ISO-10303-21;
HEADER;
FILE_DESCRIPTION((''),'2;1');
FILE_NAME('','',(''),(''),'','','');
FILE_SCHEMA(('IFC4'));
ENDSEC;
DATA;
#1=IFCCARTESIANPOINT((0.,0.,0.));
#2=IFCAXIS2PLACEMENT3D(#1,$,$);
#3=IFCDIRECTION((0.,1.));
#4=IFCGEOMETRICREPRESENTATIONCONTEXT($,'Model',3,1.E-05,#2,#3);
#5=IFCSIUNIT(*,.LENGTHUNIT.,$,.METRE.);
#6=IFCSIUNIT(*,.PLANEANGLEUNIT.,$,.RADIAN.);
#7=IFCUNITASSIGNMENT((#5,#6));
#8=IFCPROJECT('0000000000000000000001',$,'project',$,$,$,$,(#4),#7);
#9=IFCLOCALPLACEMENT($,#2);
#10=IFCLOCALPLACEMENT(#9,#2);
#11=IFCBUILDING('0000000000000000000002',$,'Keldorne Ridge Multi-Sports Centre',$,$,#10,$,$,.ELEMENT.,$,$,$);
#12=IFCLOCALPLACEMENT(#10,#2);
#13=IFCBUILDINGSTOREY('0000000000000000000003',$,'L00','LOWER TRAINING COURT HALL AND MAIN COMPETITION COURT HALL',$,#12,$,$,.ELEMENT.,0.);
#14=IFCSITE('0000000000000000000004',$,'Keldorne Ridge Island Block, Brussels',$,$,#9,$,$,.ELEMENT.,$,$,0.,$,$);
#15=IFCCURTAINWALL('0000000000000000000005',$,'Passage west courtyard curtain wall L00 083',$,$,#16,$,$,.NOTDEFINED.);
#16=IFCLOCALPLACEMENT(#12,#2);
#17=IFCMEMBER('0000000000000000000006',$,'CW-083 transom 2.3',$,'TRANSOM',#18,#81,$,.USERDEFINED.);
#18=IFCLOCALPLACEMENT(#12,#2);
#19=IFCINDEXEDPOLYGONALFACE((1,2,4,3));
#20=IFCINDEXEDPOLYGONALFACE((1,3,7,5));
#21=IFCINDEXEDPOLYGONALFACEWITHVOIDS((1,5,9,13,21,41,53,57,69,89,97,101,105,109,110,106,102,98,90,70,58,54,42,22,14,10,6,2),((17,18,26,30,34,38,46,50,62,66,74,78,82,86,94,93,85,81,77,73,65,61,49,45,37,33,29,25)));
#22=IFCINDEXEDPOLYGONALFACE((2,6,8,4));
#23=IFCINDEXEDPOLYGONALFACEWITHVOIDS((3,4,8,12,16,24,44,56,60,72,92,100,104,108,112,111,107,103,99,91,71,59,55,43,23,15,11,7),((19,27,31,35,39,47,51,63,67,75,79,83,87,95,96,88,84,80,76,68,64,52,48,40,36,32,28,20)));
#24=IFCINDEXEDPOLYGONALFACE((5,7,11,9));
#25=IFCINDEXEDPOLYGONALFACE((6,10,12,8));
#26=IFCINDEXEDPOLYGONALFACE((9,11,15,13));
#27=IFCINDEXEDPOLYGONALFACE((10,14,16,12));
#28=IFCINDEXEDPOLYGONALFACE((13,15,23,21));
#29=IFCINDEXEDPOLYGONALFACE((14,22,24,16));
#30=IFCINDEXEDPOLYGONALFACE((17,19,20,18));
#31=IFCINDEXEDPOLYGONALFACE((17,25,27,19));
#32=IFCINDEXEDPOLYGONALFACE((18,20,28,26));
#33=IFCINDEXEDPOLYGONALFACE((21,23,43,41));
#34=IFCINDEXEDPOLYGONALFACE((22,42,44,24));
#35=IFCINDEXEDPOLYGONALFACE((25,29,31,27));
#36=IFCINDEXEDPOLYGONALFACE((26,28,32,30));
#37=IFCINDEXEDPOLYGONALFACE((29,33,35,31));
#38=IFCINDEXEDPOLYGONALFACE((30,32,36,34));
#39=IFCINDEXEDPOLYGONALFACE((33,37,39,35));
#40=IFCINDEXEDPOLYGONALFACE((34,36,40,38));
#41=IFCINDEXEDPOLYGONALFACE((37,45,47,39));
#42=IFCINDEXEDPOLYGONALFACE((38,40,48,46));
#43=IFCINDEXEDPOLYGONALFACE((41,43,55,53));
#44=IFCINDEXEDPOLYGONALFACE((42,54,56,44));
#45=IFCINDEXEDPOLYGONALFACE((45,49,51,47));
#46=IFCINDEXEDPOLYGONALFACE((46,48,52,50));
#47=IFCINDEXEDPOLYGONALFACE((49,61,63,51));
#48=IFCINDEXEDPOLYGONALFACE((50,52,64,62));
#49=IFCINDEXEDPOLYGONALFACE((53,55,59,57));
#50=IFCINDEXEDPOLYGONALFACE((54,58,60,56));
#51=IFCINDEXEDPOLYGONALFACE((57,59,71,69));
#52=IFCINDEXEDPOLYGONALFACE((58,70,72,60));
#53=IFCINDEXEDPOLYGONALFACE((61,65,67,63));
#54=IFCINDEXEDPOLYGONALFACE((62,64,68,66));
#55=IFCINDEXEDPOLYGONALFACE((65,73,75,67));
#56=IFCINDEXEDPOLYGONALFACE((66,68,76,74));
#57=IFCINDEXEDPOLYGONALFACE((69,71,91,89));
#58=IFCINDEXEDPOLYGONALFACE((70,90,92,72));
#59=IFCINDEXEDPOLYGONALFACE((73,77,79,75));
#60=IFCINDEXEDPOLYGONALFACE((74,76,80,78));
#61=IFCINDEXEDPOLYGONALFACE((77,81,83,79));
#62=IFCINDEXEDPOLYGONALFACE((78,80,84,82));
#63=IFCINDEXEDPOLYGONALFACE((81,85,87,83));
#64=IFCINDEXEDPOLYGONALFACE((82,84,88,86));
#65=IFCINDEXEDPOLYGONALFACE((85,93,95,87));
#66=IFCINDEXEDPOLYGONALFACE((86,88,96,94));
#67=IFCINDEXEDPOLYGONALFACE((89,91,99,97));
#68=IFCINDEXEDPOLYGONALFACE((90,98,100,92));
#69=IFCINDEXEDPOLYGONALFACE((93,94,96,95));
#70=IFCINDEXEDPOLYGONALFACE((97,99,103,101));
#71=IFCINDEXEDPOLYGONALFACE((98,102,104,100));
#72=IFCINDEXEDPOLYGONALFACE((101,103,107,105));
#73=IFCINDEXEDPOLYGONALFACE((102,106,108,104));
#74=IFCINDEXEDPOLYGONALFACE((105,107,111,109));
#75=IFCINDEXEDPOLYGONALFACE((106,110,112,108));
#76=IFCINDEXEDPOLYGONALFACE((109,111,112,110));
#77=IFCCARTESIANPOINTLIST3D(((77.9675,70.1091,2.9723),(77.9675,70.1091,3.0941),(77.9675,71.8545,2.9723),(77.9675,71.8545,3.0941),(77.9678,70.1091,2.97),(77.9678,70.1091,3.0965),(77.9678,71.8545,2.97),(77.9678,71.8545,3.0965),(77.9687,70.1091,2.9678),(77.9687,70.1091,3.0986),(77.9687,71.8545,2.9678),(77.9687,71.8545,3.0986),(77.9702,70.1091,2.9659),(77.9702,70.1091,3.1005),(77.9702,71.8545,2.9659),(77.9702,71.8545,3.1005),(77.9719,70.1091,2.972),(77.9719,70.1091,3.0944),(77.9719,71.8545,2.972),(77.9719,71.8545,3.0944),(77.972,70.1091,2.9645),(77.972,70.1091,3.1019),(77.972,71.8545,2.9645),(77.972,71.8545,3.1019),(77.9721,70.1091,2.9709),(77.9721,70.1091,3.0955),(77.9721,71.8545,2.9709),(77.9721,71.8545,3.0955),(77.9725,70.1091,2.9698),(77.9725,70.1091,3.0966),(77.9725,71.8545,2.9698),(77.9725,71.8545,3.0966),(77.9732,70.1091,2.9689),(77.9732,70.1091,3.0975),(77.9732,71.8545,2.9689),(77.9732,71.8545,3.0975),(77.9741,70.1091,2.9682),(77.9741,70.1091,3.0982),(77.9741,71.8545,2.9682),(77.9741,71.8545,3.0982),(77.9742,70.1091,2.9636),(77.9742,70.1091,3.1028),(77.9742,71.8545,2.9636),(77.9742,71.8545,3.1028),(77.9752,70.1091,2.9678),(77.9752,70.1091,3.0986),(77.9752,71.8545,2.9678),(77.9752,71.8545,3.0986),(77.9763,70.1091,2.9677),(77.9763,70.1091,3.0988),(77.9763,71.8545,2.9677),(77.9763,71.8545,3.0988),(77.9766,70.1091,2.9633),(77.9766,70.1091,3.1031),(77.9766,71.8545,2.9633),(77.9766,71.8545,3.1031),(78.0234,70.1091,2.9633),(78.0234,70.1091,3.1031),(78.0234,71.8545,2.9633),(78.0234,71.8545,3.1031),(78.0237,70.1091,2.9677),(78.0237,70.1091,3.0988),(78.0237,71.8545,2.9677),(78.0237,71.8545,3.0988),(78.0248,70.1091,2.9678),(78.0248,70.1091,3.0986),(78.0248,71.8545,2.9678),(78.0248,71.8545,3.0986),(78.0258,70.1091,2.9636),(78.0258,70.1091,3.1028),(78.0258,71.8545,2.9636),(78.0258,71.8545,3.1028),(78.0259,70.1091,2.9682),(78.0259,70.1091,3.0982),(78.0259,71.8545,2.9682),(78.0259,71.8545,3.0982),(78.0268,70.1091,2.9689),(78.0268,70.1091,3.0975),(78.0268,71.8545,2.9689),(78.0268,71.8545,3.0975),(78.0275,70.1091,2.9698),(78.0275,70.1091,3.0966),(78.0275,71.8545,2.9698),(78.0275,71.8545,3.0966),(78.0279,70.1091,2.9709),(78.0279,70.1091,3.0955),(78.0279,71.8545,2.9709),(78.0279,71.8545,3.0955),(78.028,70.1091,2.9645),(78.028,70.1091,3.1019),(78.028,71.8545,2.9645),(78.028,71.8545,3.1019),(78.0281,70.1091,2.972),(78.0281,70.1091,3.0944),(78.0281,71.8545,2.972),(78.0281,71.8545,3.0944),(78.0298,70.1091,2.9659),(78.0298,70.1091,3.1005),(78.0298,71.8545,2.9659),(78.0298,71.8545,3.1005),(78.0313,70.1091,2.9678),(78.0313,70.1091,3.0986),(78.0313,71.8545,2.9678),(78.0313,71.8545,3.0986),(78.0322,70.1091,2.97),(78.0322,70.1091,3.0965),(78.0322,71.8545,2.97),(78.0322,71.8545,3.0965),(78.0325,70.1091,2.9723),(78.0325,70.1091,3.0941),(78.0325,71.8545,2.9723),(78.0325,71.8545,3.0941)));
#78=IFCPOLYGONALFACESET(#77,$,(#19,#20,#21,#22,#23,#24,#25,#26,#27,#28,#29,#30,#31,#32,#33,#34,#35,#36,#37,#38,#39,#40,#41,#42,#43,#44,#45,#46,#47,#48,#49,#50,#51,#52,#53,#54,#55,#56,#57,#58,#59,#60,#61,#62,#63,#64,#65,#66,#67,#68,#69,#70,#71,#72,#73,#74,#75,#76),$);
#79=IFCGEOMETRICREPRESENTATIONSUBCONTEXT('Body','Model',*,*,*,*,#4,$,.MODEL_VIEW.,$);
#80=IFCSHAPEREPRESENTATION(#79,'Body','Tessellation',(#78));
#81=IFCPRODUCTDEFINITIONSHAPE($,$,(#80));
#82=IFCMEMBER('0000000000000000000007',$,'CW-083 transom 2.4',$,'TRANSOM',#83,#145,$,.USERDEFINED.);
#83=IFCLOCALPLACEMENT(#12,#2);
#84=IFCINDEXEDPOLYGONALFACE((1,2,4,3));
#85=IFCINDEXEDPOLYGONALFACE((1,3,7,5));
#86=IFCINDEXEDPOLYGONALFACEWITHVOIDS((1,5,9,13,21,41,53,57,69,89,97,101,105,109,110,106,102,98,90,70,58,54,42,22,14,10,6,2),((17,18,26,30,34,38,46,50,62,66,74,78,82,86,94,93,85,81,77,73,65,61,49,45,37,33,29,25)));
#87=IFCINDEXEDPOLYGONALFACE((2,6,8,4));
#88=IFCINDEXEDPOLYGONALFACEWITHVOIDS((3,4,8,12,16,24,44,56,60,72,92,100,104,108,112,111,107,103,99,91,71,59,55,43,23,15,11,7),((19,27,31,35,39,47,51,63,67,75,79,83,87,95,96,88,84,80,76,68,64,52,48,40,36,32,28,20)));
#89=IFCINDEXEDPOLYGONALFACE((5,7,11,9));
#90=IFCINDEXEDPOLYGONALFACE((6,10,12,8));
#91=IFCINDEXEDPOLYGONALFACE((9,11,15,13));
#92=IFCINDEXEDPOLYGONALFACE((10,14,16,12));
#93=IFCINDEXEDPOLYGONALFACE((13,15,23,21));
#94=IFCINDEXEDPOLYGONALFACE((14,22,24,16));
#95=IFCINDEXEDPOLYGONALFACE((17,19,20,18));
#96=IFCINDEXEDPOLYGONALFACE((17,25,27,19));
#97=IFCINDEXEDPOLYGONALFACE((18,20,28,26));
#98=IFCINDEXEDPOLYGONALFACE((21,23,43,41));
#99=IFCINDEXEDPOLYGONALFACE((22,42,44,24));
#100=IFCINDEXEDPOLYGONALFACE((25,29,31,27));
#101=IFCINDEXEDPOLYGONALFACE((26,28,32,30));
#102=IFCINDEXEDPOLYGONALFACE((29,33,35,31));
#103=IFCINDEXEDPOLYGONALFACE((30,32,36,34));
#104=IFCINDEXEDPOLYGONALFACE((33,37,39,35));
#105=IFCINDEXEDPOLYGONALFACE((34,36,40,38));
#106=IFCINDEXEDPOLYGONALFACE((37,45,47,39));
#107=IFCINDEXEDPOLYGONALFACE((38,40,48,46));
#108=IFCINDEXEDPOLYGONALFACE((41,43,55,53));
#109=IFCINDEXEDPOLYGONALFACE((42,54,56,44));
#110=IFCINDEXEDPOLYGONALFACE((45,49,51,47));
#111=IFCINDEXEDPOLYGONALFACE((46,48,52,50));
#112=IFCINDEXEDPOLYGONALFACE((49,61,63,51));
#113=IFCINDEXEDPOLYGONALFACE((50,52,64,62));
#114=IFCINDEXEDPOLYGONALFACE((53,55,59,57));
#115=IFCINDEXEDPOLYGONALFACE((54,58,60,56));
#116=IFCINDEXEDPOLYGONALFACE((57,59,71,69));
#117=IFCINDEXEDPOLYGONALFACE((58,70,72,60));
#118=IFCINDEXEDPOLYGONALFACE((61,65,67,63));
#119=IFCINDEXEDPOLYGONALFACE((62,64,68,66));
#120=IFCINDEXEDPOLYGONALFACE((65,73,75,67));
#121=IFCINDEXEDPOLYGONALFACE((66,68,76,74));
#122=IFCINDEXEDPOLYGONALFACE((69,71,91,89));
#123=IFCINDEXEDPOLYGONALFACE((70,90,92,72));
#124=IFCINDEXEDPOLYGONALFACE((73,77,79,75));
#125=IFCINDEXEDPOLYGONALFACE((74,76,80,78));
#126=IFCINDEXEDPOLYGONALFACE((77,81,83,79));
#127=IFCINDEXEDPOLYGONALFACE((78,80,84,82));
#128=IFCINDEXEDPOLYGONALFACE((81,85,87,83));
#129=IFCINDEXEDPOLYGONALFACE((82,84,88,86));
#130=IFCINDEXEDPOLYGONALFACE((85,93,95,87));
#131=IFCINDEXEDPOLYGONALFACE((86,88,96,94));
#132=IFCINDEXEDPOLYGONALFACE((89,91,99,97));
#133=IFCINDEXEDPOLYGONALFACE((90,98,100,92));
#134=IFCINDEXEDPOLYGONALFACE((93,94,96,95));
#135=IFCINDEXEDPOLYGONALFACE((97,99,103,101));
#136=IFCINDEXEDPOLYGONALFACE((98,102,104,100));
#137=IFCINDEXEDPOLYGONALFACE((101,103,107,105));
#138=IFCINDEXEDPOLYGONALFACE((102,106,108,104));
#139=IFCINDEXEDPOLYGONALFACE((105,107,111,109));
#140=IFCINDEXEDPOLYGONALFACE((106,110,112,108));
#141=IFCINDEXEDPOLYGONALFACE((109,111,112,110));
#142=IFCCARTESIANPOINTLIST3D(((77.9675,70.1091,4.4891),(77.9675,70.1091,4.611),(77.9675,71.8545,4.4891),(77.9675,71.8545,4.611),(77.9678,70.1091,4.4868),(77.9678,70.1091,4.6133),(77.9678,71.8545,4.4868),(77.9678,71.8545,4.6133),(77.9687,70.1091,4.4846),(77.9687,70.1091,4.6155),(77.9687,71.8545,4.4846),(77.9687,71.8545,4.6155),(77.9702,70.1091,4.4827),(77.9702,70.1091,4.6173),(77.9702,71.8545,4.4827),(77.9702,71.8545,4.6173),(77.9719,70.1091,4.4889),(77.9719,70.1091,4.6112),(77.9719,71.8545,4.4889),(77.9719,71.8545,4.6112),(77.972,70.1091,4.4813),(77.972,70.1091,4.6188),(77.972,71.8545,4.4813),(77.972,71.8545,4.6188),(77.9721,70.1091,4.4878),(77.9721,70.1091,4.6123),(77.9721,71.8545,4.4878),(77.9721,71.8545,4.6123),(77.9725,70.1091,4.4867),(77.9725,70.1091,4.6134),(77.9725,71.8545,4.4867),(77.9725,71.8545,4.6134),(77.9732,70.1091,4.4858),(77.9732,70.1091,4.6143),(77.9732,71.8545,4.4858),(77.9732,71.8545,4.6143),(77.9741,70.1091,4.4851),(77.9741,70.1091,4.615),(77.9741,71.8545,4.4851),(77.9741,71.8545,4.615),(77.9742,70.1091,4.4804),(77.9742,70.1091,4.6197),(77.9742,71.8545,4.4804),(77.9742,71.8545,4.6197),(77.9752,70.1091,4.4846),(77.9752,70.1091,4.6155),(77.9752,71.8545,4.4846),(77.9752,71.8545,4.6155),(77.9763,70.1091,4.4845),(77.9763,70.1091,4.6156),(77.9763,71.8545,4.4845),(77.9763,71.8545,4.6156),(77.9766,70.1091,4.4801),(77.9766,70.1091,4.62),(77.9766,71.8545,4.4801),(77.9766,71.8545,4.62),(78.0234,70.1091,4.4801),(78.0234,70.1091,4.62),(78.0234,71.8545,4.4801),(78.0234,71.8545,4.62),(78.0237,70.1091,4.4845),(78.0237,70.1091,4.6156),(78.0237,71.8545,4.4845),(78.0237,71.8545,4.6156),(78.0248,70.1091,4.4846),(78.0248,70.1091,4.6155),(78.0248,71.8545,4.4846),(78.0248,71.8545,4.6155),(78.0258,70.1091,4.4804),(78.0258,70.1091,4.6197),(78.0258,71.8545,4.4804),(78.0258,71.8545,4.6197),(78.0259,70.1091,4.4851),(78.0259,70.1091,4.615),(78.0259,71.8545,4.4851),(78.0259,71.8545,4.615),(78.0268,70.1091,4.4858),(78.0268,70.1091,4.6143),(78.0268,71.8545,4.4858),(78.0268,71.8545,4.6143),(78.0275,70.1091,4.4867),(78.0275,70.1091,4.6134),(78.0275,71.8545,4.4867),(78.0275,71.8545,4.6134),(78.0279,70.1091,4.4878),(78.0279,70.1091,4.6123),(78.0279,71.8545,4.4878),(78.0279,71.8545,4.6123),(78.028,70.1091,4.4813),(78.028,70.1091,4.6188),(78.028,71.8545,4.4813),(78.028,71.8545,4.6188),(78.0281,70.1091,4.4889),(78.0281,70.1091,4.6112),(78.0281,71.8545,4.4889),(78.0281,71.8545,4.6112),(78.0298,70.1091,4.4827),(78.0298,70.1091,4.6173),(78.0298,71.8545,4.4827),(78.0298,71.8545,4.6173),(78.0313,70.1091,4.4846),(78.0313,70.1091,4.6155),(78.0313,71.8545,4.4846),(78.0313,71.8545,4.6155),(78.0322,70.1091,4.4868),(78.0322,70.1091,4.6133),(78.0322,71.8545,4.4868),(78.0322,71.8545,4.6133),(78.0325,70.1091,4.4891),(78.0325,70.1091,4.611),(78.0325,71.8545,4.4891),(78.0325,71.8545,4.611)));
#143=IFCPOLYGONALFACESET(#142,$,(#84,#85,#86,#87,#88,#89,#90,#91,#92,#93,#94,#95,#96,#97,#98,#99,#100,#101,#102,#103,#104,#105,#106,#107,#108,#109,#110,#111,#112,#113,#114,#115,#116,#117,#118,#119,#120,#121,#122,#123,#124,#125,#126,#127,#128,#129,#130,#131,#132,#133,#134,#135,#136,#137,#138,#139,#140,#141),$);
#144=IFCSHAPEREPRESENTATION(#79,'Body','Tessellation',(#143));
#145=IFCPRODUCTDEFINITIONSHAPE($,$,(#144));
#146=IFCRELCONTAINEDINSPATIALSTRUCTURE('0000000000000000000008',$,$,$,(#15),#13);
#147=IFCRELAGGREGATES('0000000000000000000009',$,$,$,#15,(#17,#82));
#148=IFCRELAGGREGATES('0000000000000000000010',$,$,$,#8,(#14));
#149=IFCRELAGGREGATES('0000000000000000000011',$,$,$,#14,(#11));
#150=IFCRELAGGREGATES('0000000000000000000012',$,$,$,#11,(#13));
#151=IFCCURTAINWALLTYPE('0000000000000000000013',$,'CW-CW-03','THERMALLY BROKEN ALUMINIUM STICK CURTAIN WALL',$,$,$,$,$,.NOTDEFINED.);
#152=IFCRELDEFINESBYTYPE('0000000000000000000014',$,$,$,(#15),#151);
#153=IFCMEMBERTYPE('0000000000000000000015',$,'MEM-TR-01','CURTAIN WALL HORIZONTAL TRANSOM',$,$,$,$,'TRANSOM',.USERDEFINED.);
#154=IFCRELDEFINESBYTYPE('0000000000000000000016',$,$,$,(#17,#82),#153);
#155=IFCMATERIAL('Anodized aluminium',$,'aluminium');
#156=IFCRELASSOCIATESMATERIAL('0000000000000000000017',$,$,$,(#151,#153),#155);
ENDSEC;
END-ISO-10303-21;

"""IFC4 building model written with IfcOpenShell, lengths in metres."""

from ifc_helpers import new_model, si_unit, direction, frame, origin, origin_2d, place, context, subcontext, project, spatial, hollow_rectangle, extrude, material, material_profile, profile_set, type_object, element, aggregate, save


model = new_model("IFC4")

# Units and contexts
model_context = context("Model", 3, precision=1e-05, world=origin(), true_north=direction((0.0, 1.0)))
body_context = subcontext(model_context, "Body", "Model", "MODEL_VIEW")
ifc_project = project(units=[si_unit("LENGTHUNIT", "METRE"), si_unit("PLANEANGLEUNIT", "RADIAN")], contexts=[model_context])

# Site, building, storey
site_placement = place(None, origin())
site = spatial("IfcSite", under=ifc_project, at=site_placement, Name="Keldorne Ridge Island Block, Brussels", CompositionType="ELEMENT", RefElevation=0.0)
building_placement = place(site_placement, origin())
building = spatial("IfcBuilding", under=site, at=building_placement, Name="Keldorne Ridge Multi-Sports Centre", CompositionType="ELEMENT")
storey_placement = place(building_placement, origin())
storey = spatial("IfcBuildingStorey", under=building, at=storey_placement, Name="L00", Description="LOWER TRAINING COURT HALL AND MAIN COMPETITION COURT HALL", CompositionType="ELEMENT", Elevation=0.0)

# Curtain wall, members
ifc_material_1 = material(Name="Anodized aluminium", Category="aluminium")
curtain_wall_type = type_object("IfcCurtainWallType", Name="CW-CW-03", Description="THERMALLY BROKEN ALUMINIUM STICK CURTAIN WALL", PredefinedType="NOTDEFINED", material=ifc_material_1)
curtain_wall_placement = place(storey_placement, origin())
curtain_wall = element("IfcCurtainWall", 1, at=curtain_wall_placement, inside=storey, type_object=curtain_wall_type, Name="Passage west courtyard curtain wall L00 083", PredefinedType="NOTDEFINED")
ifc_material_profile_1 = material_profile(ifc_material_1, hollow_rectangle(XDim=0.0649, YDim=0.1399, WallThickness=0.0044, InnerFilletRadius=0.0044, OuterFilletRadius=0.009, at=origin_2d()), Name="ALU TRANSOM 140x65x4.5")
ifc_profile_set_1 = profile_set([ifc_material_profile_1], Name="Anodized aluminium")
member_type_1 = type_object("IfcMemberType", Name="MEM-TR-01", Description="CURTAIN WALL HORIZONTAL TRANSOM", ElementType="TRANSOM", PredefinedType="USERDEFINED", material=ifc_profile_set_1)
member_1_placement = place(storey_placement, frame((78.0, 71.8545, 3.0332), z_axis=(0.0, -1.0, 0.0), x_axis=(1.0, 0.0, 0.0)))
member_1 = element("IfcMember", 2, at=member_1_placement, type_object=member_type_1, Name="CW-083 transom 2.3", ObjectType="TRANSOM", PredefinedType="USERDEFINED", context=body_context, shape_type="SweptSolid", body=[
    extrude(hollow_rectangle(XDim=0.0649, YDim=0.1399, WallThickness=0.0044, InnerFilletRadius=0.0044, OuterFilletRadius=0.009, at=origin_2d()), origin(), (0.0, 0.0, 1.0), 1.7454),
])
member_2_placement = place(storey_placement, frame((78.0, 71.8545, 4.55), z_axis=(0.0, -1.0, 0.0), x_axis=(1.0, 0.0, 0.0)))
member_2 = element("IfcMember", 3, at=member_2_placement, type_object=member_type_1, Name="CW-083 transom 2.4", ObjectType="TRANSOM", PredefinedType="USERDEFINED", context=body_context, shape_type="SweptSolid", body=[
    extrude(hollow_rectangle(XDim=0.0649, YDim=0.1399, WallThickness=0.0044, InnerFilletRadius=0.0044, OuterFilletRadius=0.009, at=origin_2d()), origin(), (0.0, 0.0, 1.0), 1.7454),
])
aggregate(curtain_wall, [member_1, member_2])

save(model, "model.ifc")
